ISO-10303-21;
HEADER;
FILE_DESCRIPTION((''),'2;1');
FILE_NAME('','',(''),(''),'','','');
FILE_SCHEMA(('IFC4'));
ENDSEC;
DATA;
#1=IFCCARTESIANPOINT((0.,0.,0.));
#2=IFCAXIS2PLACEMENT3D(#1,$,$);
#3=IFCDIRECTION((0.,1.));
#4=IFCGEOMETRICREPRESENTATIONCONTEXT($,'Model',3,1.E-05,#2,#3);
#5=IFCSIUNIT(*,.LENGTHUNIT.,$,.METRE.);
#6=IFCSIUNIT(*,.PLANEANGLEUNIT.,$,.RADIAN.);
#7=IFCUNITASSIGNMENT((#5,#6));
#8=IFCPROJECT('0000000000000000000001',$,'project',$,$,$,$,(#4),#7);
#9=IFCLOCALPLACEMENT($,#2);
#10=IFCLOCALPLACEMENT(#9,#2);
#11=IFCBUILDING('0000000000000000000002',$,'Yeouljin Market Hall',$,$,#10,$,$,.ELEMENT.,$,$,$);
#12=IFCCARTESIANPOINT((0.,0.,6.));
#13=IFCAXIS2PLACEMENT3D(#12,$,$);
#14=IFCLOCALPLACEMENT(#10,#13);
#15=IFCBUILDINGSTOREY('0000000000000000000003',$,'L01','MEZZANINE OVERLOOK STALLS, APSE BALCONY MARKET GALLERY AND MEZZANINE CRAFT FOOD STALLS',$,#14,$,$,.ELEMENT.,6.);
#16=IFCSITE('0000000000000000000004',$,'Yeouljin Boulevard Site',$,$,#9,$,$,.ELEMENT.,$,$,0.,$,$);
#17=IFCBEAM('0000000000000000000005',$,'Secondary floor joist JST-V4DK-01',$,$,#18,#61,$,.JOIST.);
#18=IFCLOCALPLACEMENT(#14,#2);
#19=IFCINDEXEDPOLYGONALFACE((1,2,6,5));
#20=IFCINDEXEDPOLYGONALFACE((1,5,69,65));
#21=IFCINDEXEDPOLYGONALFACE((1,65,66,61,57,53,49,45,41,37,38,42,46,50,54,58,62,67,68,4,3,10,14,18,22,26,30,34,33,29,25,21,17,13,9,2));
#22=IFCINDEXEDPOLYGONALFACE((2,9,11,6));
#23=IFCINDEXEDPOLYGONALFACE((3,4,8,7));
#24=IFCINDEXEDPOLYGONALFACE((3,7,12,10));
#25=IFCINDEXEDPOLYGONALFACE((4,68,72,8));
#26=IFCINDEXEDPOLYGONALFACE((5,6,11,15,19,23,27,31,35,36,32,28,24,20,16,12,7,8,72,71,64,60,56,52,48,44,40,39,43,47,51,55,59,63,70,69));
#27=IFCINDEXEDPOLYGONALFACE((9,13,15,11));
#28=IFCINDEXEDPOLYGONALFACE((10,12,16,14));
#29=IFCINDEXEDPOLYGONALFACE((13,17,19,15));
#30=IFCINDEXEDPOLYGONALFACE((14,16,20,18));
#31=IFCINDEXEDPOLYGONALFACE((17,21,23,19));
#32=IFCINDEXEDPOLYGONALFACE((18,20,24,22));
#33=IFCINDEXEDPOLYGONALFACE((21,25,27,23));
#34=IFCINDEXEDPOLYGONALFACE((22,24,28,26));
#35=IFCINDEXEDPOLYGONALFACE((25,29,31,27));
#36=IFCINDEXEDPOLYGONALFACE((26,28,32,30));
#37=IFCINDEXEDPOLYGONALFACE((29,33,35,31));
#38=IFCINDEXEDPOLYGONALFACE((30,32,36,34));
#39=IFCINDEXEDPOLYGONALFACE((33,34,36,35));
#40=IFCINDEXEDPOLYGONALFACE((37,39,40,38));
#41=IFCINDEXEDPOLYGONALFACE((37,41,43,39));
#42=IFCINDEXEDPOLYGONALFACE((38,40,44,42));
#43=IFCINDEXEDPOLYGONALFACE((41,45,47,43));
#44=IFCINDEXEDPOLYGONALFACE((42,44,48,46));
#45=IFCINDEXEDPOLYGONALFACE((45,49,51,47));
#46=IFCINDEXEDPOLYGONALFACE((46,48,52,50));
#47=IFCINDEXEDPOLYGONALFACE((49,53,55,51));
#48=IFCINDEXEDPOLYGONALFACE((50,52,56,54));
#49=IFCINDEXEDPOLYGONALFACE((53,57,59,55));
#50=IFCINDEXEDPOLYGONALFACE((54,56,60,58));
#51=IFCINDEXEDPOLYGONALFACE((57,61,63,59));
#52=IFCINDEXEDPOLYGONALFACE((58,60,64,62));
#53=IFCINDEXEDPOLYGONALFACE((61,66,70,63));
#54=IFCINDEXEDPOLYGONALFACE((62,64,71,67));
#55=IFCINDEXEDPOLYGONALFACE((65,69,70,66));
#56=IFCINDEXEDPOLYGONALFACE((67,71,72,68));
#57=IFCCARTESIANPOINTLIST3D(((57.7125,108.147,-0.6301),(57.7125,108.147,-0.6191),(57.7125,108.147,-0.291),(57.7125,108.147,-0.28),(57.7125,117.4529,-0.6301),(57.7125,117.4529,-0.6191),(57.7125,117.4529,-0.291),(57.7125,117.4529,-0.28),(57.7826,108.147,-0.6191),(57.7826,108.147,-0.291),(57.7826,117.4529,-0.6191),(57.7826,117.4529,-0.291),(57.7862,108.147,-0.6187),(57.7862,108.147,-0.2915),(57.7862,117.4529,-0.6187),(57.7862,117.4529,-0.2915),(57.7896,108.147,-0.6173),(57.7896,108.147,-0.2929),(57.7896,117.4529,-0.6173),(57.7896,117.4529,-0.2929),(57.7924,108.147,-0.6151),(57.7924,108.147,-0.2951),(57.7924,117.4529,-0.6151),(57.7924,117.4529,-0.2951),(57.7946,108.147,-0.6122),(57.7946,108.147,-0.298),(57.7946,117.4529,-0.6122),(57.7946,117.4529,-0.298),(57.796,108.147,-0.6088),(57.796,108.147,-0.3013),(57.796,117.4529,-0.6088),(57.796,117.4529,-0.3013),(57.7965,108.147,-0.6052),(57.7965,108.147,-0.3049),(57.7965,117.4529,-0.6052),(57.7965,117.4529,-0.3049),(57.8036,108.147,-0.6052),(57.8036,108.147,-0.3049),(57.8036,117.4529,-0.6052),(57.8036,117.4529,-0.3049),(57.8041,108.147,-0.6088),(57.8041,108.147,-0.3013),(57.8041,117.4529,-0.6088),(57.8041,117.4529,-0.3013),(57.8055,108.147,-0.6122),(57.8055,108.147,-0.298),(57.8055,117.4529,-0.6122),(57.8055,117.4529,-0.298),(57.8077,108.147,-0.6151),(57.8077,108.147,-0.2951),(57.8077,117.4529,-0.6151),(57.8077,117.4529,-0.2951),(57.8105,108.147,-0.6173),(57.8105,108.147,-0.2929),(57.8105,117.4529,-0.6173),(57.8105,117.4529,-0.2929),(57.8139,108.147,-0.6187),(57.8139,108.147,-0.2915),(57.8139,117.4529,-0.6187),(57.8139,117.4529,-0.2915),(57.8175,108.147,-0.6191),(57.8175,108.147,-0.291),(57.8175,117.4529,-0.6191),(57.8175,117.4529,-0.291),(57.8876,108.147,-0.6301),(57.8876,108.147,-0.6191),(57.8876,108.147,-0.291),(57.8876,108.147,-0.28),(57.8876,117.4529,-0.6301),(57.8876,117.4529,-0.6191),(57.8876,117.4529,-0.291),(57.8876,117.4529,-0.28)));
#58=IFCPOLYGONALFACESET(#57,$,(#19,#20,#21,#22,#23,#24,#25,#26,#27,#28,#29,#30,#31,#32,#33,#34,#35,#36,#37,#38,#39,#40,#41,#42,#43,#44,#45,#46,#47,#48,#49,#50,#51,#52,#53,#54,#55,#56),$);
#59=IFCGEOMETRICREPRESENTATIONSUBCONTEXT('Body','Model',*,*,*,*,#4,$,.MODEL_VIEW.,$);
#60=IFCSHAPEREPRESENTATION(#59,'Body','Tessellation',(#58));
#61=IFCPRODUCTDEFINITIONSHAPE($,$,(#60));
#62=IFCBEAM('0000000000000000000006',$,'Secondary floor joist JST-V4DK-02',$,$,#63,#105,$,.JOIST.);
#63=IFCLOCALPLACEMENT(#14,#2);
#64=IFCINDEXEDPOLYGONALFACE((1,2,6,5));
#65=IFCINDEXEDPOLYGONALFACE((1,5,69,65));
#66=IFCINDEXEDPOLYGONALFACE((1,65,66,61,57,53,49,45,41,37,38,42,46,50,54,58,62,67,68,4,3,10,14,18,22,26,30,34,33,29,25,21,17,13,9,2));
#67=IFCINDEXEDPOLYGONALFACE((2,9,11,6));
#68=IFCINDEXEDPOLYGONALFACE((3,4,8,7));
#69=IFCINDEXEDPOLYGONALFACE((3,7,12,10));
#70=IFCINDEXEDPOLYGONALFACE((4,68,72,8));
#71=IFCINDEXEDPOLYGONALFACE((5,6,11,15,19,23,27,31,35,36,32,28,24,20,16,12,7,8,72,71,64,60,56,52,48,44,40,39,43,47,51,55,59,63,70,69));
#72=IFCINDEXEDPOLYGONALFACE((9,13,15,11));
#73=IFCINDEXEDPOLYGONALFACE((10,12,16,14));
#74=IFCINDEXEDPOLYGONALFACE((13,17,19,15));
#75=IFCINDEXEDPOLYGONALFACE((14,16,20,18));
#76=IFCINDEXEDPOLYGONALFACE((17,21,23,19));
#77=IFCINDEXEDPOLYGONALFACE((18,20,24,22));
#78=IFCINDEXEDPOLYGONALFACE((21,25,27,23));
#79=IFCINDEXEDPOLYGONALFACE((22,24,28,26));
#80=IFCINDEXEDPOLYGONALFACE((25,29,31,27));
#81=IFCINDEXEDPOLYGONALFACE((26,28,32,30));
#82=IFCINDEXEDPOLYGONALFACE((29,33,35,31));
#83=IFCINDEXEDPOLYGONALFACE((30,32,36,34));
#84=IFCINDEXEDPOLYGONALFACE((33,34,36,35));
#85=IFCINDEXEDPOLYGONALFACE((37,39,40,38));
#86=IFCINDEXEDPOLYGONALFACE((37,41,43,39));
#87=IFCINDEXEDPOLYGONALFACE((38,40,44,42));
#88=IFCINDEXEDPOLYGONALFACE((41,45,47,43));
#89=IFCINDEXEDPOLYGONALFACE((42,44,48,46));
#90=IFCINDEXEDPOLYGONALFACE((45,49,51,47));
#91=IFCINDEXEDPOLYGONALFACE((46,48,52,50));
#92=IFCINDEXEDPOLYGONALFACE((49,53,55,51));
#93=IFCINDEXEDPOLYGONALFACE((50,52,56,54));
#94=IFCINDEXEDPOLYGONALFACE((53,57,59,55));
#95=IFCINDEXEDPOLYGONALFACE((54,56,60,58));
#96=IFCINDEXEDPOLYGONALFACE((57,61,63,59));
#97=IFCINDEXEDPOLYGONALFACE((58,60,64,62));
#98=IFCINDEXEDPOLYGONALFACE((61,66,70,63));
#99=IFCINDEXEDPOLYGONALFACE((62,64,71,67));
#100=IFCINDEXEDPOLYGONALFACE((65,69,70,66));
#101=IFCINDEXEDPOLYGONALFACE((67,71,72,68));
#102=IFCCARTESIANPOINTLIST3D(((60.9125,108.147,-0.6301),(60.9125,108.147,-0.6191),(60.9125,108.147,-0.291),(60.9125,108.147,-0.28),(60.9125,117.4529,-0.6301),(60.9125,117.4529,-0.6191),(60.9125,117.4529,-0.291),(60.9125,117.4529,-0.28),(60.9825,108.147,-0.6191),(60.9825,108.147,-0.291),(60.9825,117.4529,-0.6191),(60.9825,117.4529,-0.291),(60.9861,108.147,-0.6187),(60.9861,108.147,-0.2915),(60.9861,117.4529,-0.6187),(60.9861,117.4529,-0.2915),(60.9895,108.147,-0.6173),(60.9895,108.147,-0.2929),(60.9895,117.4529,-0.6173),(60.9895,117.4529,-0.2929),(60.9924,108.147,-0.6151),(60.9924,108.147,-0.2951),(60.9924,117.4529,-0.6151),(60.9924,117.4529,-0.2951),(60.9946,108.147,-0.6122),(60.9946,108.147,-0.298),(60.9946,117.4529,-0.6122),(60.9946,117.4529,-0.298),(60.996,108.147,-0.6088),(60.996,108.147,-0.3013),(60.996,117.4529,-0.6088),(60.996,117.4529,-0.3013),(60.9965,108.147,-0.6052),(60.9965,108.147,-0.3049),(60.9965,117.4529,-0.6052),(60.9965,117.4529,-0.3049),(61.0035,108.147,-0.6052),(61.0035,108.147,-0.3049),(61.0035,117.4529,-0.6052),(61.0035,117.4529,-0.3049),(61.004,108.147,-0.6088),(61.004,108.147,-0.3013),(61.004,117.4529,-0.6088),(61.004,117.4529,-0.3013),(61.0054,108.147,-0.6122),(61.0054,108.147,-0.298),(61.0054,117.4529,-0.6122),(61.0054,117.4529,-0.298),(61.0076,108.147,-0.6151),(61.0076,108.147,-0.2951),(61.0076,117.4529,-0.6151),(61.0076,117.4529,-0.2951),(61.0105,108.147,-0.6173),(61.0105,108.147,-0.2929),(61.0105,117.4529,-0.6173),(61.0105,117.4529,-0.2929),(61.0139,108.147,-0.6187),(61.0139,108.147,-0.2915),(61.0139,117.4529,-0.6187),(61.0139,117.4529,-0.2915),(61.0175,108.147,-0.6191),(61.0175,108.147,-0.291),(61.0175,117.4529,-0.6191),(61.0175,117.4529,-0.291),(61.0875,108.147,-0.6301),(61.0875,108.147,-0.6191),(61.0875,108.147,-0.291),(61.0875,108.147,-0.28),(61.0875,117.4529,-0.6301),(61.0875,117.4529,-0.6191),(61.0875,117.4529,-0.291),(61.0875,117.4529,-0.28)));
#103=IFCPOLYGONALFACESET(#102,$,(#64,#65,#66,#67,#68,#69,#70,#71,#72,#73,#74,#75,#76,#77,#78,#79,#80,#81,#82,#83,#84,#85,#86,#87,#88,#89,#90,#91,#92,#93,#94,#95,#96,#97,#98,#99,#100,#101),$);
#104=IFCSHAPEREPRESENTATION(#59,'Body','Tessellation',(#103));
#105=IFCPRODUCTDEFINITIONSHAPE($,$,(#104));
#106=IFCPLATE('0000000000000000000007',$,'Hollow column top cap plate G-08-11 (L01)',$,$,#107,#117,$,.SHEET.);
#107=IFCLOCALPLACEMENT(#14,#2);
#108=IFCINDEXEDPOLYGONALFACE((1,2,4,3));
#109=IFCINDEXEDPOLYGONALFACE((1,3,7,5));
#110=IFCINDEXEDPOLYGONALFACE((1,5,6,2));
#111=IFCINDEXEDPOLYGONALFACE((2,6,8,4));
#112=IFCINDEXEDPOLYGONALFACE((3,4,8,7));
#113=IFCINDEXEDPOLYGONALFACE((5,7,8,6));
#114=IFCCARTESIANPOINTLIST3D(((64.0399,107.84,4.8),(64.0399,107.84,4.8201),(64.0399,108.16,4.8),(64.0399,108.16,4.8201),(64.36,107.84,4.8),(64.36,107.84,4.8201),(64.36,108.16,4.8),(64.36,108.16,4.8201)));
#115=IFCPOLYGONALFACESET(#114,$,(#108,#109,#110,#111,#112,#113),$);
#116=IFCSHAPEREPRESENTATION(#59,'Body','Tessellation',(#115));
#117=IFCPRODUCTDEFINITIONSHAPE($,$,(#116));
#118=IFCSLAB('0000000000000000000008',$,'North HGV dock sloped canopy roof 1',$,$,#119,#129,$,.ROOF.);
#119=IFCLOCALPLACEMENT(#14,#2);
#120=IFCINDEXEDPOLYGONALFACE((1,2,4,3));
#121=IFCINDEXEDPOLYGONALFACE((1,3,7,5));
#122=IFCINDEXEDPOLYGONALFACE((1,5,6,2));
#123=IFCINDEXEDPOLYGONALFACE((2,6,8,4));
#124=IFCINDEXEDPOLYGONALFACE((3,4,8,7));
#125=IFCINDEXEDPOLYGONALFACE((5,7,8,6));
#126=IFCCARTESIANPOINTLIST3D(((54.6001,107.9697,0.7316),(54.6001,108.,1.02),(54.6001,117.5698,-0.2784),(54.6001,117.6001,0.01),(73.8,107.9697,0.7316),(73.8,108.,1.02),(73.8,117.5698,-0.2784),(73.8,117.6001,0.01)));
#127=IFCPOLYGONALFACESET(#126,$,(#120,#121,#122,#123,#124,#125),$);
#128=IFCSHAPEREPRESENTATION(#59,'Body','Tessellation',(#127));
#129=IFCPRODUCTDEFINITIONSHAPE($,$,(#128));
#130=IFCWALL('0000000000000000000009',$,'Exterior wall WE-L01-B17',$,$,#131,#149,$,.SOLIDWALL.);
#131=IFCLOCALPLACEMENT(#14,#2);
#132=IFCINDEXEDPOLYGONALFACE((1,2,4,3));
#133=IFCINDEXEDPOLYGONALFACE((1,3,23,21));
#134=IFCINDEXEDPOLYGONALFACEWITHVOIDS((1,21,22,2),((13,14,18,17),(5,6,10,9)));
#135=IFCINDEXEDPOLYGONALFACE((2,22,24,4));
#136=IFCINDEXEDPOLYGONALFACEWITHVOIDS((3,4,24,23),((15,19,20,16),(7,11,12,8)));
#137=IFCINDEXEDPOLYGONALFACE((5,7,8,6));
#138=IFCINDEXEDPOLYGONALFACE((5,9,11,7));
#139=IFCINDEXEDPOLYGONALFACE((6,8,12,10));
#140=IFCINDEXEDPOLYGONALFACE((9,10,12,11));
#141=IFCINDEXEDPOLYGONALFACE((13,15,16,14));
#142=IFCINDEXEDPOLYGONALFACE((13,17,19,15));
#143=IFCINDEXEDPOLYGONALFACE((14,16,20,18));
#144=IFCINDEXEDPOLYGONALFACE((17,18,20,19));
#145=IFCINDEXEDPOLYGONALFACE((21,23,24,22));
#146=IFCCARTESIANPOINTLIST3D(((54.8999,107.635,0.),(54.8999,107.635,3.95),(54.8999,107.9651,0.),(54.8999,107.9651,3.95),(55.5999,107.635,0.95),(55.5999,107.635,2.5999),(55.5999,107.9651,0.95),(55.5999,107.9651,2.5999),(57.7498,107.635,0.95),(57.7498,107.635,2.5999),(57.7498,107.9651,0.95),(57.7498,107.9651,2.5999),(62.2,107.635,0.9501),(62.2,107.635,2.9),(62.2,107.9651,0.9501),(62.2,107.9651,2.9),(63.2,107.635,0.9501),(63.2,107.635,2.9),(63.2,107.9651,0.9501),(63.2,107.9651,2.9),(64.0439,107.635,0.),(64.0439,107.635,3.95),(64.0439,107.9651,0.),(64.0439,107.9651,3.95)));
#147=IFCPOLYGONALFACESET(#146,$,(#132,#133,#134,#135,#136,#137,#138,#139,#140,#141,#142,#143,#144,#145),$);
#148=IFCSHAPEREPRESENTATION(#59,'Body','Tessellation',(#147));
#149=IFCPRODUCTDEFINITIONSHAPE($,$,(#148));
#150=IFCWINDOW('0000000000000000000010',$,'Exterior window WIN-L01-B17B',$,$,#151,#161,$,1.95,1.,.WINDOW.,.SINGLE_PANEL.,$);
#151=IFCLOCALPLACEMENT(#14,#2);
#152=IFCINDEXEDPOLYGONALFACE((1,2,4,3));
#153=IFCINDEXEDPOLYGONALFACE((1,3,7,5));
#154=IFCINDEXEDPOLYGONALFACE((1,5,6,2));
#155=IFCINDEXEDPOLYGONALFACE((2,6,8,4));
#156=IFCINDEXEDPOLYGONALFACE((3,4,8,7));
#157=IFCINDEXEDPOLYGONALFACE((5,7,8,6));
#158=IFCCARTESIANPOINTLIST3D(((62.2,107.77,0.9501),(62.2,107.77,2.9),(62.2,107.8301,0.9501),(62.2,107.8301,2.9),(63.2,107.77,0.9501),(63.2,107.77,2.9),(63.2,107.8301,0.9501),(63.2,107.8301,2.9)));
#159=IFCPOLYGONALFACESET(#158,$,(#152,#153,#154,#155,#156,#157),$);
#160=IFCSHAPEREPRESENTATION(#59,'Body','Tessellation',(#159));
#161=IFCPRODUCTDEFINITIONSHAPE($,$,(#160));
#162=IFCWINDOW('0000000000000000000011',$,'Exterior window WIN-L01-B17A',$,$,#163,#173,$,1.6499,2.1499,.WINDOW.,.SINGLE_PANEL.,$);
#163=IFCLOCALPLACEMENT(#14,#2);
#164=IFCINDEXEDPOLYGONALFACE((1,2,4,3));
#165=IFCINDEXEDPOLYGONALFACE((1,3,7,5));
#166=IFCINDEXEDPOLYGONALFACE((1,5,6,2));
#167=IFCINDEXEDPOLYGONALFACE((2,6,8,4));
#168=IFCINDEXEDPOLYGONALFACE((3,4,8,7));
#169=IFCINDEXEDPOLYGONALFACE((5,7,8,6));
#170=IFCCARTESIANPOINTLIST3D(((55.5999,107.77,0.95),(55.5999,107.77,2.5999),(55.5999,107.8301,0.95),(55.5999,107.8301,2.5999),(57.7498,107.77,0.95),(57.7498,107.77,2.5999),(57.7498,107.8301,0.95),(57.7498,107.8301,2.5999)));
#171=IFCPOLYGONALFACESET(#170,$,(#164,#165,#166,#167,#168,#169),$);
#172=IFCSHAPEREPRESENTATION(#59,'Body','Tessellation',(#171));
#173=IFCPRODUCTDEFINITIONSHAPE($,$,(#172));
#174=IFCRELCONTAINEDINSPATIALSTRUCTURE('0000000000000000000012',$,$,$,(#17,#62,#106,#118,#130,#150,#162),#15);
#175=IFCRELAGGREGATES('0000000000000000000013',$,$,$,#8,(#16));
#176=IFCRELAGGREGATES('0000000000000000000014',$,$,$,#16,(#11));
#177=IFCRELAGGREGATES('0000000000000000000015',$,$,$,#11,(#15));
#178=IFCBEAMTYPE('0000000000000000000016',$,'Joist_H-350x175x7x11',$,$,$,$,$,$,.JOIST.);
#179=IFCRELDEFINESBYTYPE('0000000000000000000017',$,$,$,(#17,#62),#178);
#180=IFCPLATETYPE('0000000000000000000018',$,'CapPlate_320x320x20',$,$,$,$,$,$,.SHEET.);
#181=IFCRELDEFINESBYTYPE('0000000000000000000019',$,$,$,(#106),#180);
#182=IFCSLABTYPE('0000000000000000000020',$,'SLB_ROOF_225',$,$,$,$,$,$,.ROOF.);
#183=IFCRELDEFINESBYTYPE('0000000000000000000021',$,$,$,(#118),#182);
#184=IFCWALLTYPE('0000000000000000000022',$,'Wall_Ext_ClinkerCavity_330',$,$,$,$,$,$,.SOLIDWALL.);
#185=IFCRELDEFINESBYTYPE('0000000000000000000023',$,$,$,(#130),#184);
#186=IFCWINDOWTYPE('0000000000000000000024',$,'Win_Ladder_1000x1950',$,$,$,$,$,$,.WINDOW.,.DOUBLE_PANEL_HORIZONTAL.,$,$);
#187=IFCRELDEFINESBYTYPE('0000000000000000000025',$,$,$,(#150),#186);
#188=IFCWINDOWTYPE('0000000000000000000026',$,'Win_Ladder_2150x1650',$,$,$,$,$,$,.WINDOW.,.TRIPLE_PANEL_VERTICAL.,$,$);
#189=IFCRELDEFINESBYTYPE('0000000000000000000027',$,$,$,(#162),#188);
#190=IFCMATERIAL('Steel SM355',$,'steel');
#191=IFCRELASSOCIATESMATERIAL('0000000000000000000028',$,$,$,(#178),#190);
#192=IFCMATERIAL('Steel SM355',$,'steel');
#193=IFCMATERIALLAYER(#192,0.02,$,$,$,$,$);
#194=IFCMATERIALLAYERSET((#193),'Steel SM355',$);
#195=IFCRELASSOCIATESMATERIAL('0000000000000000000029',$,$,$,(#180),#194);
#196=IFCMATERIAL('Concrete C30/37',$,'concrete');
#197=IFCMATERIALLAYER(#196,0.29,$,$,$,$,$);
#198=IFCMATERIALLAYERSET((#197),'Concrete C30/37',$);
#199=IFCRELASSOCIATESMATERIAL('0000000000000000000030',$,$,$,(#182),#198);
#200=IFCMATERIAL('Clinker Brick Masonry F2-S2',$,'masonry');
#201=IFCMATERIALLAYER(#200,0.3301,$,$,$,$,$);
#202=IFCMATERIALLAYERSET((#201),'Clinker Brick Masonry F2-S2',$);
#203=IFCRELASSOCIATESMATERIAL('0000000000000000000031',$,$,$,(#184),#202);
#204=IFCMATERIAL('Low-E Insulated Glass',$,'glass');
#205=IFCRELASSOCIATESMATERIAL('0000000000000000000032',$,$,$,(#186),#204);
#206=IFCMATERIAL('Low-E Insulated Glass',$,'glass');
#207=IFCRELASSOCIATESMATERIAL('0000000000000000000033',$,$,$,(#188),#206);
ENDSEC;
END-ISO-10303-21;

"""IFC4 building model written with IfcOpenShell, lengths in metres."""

from ifc_helpers import new_model, si_unit, direction, frame, frame_2d, origin, origin_2d, place, context, subcontext, project, spatial, polyline, rectangle, i_section, outline, extrude, material, layer, layer_set, material_profile, profile_set, type_object, element, fill, save


model = new_model("IFC4")

# Units and contexts
model_context = context("Model", 3, precision=1e-05, world=origin(), true_north=direction((0.0, 1.0)))
body_context = subcontext(model_context, "Body", "Model", "MODEL_VIEW")
ifc_project = project(units=[si_unit("LENGTHUNIT", "METRE"), si_unit("PLANEANGLEUNIT", "RADIAN")], contexts=[model_context])

# Site, building, storey
site_placement = place(None, origin())
site = spatial("IfcSite", under=ifc_project, at=site_placement, Name="Yeouljin Boulevard Site", CompositionType="ELEMENT", RefElevation=0.0)
building_placement = place(site_placement, origin())
building = spatial("IfcBuilding", under=site, at=building_placement, Name="Yeouljin Market Hall", CompositionType="ELEMENT")
storey_placement = place(building_placement, frame((0.0, 0.0, 6.0)))
storey = spatial("IfcBuildingStorey", under=building, at=storey_placement, Name="L01", Description="MEZZANINE OVERLOOK STALLS, APSE BALCONY MARKET GALLERY AND MEZZANINE CRAFT FOOD STALLS", CompositionType="ELEMENT", Elevation=6.0)

# Beams
ifc_material_1 = material(Name="Steel SM355", Category="steel")
ifc_material_profile_1 = material_profile(ifc_material_1, i_section(OverallWidth=0.175, OverallDepth=0.3501, WebThickness=0.0071, FlangeThickness=0.011, FilletRadius=0.0139, at=origin_2d()), Name="H-350x175x7x11")
ifc_profile_set_1 = profile_set([ifc_material_profile_1], Name="Steel SM355")
beam_type_1 = type_object("IfcBeamType", Name="Joist_H-350x175x7x11", PredefinedType="JOIST", material=ifc_profile_set_1)
for number, where, z_axis, x_axis, name in (
    (1, (57.8, 108.147, -0.4551), (0.0, 1.0, 0.0), (-1.0, 0.0, 0.0), "Secondary floor joist JST-V4DK-01"),
    (2, (61.0, 108.147, -0.4551), (0.0, 1.0, 0.0), (-1.0, 0.0, 0.0), "Secondary floor joist JST-V4DK-02"),
):
    element("IfcBeam", number, at=place(storey_placement, frame(where, z_axis=z_axis, x_axis=x_axis)), inside=storey, type_object=beam_type_1, Name=name, PredefinedType="JOIST", context=body_context, shape_type="SweptSolid", body=[
        extrude(i_section(OverallWidth=0.175, OverallDepth=0.3501, WebThickness=0.0071, FlangeThickness=0.011, FilletRadius=0.0139, at=origin_2d()), origin(), (0.0, 0.0, 1.0), 9.3059),
    ])

# Plate
ifc_material_2 = material(Name="Steel SM355", Category="steel")
ifc_layer_1 = layer(ifc_material_2, 0.02)
ifc_layer_set_1 = layer_set([ifc_layer_1], Name="Steel SM355")
plate_type = type_object("IfcPlateType", Name="CapPlate_320x320x20", PredefinedType="SHEET", material=ifc_layer_set_1)
plate_placement = place(storey_placement, frame((64.2, 108.0, 4.8), z_axis=(0.0, 0.0, 1.0), x_axis=(1.0, 0.0, 0.0)))
element("IfcPlate", 3, at=plate_placement, inside=storey, type_object=plate_type, Name="Hollow column top cap plate G-08-11 (L01)", PredefinedType="SHEET", context=body_context, shape_type="SweptSolid", body=[
    extrude(rectangle(XDim=0.3201, YDim=0.3201, at=origin_2d()), origin(), (0.0, 0.0, 1.0), 0.02),
])

# Slab
ifc_material_3 = material(Name="Concrete C30/37", Category="concrete")
ifc_layer_2 = layer(ifc_material_3, 0.29)
ifc_layer_set_2 = layer_set([ifc_layer_2], Name="Concrete C30/37")
slab_type = type_object("IfcSlabType", Name="SLB_ROOF_225", PredefinedType="ROOF", material=ifc_layer_set_2)
slab_placement = place(storey_placement, frame((54.6001, 108.0, 1.02), z_axis=(0.0, 0.104631, 0.994511), x_axis=(0.0, 0.994511, -0.104631)))
element("IfcSlab", 4, at=slab_placement, inside=storey, type_object=slab_type, Name="North HGV dock sloped canopy roof 1", PredefinedType="ROOF", context=body_context, shape_type="SweptSolid", body=[
    extrude(outline(polyline([(0.0, 0.0), (9.6531, 0.0), (9.6531, -19.2), (0.0, -19.2), (0.0, 0.0)])), origin(), (0.0, 0.0, -1.0), 0.29),
])

# Wall, openings, windows
ifc_material_4 = material(Name="Clinker Brick Masonry F2-S2", Category="masonry")
ifc_layer_3 = layer(ifc_material_4, 0.3301)
ifc_layer_set_3 = layer_set([ifc_layer_3], Name="Clinker Brick Masonry F2-S2")
wall_type_1 = type_object("IfcWallType", Name="Wall_Ext_ClinkerCavity_330", PredefinedType="SOLIDWALL", material=ifc_layer_set_3)
wall_1_placement = place(storey_placement, frame((54.8999, 107.8, 0.0), z_axis=(0.0, 0.0, 1.0), x_axis=(1.0, 0.0, 0.0)))
wall_1 = element("IfcWall", 5, at=wall_1_placement, inside=storey, type_object=wall_type_1, Name="Exterior wall WE-L01-B17", PredefinedType="SOLIDWALL", context=body_context, shape_type="SweptSolid", body=[
    extrude(rectangle(XDim=9.144, YDim=0.3301, at=frame_2d((4.572, 0.0))), origin(), (0.0, 0.0, 1.0), 3.95),
])
opening_1_placement = place(wall_1_placement, frame((0.7, 0.0, 0.95)))
opening_1 = element("IfcOpeningElement", 6, at=opening_1_placement, cuts=wall_1, PredefinedType="OPENING", context=body_context, shape_type="SweptSolid", body=[
    extrude(rectangle(XDim=2.1499, YDim=1.6499, at=frame_2d((1.075, 0.825))), frame((0.0, 0.175, 0.0), z_axis=(0.0, -1.0, 0.0), x_axis=(1.0, 0.0, 0.0)), (0.0, 0.0, 1.0), 0.3501),
])
opening_2_placement = place(wall_1_placement, frame((7.3, 0.0, 0.95)))
opening_2 = element("IfcOpeningElement", 7, at=opening_2_placement, cuts=wall_1, PredefinedType="OPENING", context=body_context, shape_type="SweptSolid", body=[
    extrude(rectangle(XDim=1.0, YDim=1.95, at=frame_2d((0.5, 0.9751))), frame((0.0, 0.175, 0.0), z_axis=(0.0, -1.0, 0.0), x_axis=(1.0, 0.0, 0.0)), (0.0, 0.0, 1.0), 0.3501),
])
ifc_material_5 = material(Name="Low-E Insulated Glass", Category="glass")
window_type_1 = type_object("IfcWindowType", Name="Win_Ladder_1000x1950", PartitioningType="DOUBLE_PANEL_HORIZONTAL", PredefinedType="WINDOW", material=ifc_material_5)
window_1_placement = place(opening_2_placement, origin())
window_1 = element("IfcWindow", 8, at=window_1_placement, inside=storey, type_object=window_type_1, Name="Exterior window WIN-L01-B17B", OverallHeight=1.95, OverallWidth=1.0, PartitioningType="SINGLE_PANEL", PredefinedType="WINDOW", context=body_context, shape_type="SweptSolid", body=[
    extrude(rectangle(XDim=1.0, YDim=1.95, at=frame_2d((0.5, 0.9751))), frame((0.0, 0.03, 0.0), z_axis=(0.0, -1.0, 0.0), x_axis=(1.0, 0.0, 0.0)), (0.0, 0.0, 1.0), 0.0601),
])
fill(opening_2, window_1)
ifc_material_6 = material(Name="Low-E Insulated Glass", Category="glass")
window_type_2 = type_object("IfcWindowType", Name="Win_Ladder_2150x1650", PartitioningType="TRIPLE_PANEL_VERTICAL", PredefinedType="WINDOW", material=ifc_material_6)
window_2_placement = place(opening_1_placement, origin())
window_2 = element("IfcWindow", 9, at=window_2_placement, inside=storey, type_object=window_type_2, Name="Exterior window WIN-L01-B17A", OverallHeight=1.6499, OverallWidth=2.1499, PartitioningType="SINGLE_PANEL", PredefinedType="WINDOW", context=body_context, shape_type="SweptSolid", body=[
    extrude(rectangle(XDim=2.1499, YDim=1.6499, at=frame_2d((1.075, 0.825))), frame((0.0, 0.03, 0.0), z_axis=(0.0, -1.0, 0.0), x_axis=(1.0, 0.0, 0.0)), (0.0, 0.0, 1.0), 0.0601),
])
fill(opening_1, window_2)

save(model, "model.ifc")
